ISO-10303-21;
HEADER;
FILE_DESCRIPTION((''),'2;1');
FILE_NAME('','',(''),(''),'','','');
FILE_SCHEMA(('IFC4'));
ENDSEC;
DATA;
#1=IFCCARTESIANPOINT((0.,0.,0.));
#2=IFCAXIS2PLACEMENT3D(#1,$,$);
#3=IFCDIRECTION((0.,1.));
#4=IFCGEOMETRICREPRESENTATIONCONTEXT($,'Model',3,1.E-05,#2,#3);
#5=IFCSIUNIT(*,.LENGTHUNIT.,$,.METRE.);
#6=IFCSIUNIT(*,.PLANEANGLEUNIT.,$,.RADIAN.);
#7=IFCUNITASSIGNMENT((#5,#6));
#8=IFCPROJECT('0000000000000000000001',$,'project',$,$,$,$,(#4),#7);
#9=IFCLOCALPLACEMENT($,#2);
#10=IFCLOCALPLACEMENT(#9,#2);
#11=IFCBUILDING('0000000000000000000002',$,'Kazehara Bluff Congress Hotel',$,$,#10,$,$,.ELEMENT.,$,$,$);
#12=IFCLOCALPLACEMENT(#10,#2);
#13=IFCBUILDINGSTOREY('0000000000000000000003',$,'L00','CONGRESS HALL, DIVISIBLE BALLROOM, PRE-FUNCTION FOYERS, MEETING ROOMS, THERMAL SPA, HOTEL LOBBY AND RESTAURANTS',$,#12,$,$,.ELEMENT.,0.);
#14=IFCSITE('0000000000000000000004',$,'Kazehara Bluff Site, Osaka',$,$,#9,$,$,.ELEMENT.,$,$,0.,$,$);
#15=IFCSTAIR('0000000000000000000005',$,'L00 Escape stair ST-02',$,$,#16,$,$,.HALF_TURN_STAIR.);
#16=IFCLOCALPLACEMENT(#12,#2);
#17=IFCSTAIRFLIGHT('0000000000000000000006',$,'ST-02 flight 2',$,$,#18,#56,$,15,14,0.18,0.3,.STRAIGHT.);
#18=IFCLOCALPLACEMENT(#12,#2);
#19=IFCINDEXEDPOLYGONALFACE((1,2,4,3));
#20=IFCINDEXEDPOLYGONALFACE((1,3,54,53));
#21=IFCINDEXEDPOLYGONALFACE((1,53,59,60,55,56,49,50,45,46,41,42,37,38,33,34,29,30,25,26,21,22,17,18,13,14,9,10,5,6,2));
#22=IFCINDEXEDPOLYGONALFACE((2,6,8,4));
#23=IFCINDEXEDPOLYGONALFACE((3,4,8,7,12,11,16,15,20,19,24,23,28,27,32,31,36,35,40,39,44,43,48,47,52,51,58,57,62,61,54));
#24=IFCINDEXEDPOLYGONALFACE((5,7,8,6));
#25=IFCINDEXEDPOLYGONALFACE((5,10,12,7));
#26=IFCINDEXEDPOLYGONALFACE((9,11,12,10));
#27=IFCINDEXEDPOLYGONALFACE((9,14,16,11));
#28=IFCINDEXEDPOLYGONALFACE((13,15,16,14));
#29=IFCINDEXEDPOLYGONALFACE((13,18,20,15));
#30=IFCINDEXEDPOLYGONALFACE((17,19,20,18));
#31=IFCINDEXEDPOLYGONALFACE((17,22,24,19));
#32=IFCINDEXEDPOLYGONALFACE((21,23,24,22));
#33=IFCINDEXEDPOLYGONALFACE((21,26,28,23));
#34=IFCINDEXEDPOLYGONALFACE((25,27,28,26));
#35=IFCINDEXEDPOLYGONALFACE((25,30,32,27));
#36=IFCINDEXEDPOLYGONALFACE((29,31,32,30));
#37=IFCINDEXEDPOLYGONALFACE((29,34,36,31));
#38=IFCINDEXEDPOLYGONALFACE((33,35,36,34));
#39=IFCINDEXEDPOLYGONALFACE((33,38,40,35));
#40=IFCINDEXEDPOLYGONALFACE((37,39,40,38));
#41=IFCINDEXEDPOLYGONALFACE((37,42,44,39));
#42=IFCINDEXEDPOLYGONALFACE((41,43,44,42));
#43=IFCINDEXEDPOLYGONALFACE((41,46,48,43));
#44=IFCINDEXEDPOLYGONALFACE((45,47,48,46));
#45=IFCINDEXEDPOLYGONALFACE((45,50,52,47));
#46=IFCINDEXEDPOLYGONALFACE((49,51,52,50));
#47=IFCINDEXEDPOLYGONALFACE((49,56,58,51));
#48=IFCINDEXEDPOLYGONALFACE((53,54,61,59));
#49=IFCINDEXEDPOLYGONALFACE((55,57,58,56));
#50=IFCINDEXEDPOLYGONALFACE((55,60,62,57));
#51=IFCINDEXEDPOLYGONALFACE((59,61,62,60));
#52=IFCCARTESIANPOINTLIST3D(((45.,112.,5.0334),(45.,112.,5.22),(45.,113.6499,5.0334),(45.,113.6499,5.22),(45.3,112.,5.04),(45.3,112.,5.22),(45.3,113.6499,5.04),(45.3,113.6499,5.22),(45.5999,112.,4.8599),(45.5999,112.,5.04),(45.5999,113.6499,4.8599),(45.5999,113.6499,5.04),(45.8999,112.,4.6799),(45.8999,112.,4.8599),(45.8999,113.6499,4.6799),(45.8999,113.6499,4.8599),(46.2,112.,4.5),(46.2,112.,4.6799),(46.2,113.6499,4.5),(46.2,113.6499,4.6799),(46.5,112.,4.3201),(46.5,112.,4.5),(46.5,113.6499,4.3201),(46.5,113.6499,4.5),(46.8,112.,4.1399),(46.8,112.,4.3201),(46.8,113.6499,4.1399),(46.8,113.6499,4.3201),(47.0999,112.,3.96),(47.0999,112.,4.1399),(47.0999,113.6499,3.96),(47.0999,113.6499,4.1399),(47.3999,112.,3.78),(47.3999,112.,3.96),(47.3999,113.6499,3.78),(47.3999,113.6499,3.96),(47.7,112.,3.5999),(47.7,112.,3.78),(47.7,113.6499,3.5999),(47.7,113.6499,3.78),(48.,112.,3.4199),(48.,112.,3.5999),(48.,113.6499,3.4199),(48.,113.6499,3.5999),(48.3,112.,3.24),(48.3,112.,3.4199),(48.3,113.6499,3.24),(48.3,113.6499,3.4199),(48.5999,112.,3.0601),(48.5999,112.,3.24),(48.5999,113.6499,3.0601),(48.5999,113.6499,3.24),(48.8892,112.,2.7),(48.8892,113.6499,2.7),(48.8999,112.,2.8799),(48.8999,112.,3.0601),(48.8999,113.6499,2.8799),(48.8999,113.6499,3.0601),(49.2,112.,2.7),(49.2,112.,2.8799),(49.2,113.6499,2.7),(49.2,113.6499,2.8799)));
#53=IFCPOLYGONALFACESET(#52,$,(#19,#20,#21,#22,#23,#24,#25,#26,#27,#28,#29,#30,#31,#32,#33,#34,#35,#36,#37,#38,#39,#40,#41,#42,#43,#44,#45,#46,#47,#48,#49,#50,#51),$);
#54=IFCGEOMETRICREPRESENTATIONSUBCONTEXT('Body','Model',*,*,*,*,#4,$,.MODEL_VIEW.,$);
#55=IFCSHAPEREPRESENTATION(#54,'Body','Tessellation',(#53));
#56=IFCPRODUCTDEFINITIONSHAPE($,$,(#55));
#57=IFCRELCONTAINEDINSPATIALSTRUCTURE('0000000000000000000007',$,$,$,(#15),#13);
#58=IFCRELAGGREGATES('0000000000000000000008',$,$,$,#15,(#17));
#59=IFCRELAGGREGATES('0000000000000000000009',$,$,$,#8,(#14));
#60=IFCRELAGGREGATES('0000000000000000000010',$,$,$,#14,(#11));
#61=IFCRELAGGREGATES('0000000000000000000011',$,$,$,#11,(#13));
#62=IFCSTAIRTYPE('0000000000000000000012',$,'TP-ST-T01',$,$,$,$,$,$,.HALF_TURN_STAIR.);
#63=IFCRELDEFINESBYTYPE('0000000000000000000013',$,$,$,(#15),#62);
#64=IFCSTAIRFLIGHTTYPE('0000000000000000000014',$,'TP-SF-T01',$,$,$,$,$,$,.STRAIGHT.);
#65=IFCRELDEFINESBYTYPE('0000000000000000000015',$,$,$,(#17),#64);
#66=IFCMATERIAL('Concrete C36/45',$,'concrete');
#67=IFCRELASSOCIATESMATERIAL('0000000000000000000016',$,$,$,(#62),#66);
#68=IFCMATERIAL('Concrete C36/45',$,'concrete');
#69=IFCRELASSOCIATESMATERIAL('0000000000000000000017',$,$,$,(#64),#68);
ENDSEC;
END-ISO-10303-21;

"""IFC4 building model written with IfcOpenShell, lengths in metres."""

from ifc_helpers import new_model, si_unit, direction, frame, origin, place, context, subcontext, project, spatial, polyline, outline, extrude, material, type_object, element, aggregate, save


model = new_model("IFC4")

# Units and contexts
model_context = context("Model", 3, precision=1e-05, world=origin(), true_north=direction((0.0, 1.0)))
body_context = subcontext(model_context, "Body", "Model", "MODEL_VIEW")
ifc_project = project(units=[si_unit("LENGTHUNIT", "METRE"), si_unit("PLANEANGLEUNIT", "RADIAN")], contexts=[model_context])

# Site, building, storey
site_placement = place(None, origin())
site = spatial("IfcSite", under=ifc_project, at=site_placement, Name="Kazehara Bluff Site, Osaka", CompositionType="ELEMENT", RefElevation=0.0)
building_placement = place(site_placement, origin())
building = spatial("IfcBuilding", under=site, at=building_placement, Name="Kazehara Bluff Congress Hotel", CompositionType="ELEMENT")
storey_placement = place(building_placement, origin())
storey = spatial("IfcBuildingStorey", under=building, at=storey_placement, Name="L00", Description="CONGRESS HALL, DIVISIBLE BALLROOM, PRE-FUNCTION FOYERS, MEETING ROOMS, THERMAL SPA, HOTEL LOBBY AND RESTAURANTS", CompositionType="ELEMENT", Elevation=0.0)

# Stair, stair flight
ifc_material_1 = material(Name="Concrete C36/45", Category="concrete")
stair_type = type_object("IfcStairType", Name="TP-ST-T01", PredefinedType="HALF_TURN_STAIR", material=ifc_material_1)
stair_placement = place(storey_placement, origin())
stair = element("IfcStair", 1, at=stair_placement, inside=storey, type_object=stair_type, Name="L00 Escape stair ST-02", PredefinedType="HALF_TURN_STAIR")
ifc_material_2 = material(Name="Concrete C36/45", Category="concrete")
stair_flight_type = type_object("IfcStairFlightType", Name="TP-SF-T01", PredefinedType="STRAIGHT", material=ifc_material_2)
stair_flight_1_placement = place(storey_placement, frame((49.2, 112.825, 2.7), z_axis=(0.0, 0.0, 1.0), x_axis=(-1.0, 0.0, 0.0)))
stair_flight_1 = element("IfcStairFlight", 2, at=stair_flight_1_placement, type_object=stair_flight_type, Name="ST-02 flight 2", NumberOfRisers=15, NumberOfTreads=14, PredefinedType="STRAIGHT", RiserHeight=0.18, TreadLength=0.3, context=body_context, shape_type="SweptSolid", body=[
    extrude(outline(polyline([(0.0, 0.0), (0.0, 0.1799), (0.3, 0.1799), (0.3, 0.3601), (0.6001, 0.3601), (0.6001, 0.54), (0.8999, 0.54), (0.8999, 0.72), (1.2, 0.72), (1.2, 0.8999), (1.5, 0.8999), (1.5, 1.0801), (1.8, 1.0801), (1.8, 1.26), (2.1001, 1.26), (2.1001, 1.4399), (2.3999, 1.4399), (2.3999, 1.6201), (2.7, 1.6201), (2.7, 1.8), (3.0, 1.8), (3.0, 1.98), (3.3, 1.98), (3.3, 2.1599), (3.6001, 2.1599), (3.6001, 2.3401), (3.8999, 2.3401), (3.8999, 2.52), (4.2, 2.52), (4.2, 2.7), (4.2, 2.3335), (0.3108, 0.0), (0.0, 0.0)])), frame((0.0, 0.825, 0.0), z_axis=(0.0, -1.0, 0.0), x_axis=(1.0, 0.0, 0.0)), (0.0, 0.0, 1.0), 1.6499),
])
aggregate(stair, [stair_flight_1])

save(model, "model.ifc")
